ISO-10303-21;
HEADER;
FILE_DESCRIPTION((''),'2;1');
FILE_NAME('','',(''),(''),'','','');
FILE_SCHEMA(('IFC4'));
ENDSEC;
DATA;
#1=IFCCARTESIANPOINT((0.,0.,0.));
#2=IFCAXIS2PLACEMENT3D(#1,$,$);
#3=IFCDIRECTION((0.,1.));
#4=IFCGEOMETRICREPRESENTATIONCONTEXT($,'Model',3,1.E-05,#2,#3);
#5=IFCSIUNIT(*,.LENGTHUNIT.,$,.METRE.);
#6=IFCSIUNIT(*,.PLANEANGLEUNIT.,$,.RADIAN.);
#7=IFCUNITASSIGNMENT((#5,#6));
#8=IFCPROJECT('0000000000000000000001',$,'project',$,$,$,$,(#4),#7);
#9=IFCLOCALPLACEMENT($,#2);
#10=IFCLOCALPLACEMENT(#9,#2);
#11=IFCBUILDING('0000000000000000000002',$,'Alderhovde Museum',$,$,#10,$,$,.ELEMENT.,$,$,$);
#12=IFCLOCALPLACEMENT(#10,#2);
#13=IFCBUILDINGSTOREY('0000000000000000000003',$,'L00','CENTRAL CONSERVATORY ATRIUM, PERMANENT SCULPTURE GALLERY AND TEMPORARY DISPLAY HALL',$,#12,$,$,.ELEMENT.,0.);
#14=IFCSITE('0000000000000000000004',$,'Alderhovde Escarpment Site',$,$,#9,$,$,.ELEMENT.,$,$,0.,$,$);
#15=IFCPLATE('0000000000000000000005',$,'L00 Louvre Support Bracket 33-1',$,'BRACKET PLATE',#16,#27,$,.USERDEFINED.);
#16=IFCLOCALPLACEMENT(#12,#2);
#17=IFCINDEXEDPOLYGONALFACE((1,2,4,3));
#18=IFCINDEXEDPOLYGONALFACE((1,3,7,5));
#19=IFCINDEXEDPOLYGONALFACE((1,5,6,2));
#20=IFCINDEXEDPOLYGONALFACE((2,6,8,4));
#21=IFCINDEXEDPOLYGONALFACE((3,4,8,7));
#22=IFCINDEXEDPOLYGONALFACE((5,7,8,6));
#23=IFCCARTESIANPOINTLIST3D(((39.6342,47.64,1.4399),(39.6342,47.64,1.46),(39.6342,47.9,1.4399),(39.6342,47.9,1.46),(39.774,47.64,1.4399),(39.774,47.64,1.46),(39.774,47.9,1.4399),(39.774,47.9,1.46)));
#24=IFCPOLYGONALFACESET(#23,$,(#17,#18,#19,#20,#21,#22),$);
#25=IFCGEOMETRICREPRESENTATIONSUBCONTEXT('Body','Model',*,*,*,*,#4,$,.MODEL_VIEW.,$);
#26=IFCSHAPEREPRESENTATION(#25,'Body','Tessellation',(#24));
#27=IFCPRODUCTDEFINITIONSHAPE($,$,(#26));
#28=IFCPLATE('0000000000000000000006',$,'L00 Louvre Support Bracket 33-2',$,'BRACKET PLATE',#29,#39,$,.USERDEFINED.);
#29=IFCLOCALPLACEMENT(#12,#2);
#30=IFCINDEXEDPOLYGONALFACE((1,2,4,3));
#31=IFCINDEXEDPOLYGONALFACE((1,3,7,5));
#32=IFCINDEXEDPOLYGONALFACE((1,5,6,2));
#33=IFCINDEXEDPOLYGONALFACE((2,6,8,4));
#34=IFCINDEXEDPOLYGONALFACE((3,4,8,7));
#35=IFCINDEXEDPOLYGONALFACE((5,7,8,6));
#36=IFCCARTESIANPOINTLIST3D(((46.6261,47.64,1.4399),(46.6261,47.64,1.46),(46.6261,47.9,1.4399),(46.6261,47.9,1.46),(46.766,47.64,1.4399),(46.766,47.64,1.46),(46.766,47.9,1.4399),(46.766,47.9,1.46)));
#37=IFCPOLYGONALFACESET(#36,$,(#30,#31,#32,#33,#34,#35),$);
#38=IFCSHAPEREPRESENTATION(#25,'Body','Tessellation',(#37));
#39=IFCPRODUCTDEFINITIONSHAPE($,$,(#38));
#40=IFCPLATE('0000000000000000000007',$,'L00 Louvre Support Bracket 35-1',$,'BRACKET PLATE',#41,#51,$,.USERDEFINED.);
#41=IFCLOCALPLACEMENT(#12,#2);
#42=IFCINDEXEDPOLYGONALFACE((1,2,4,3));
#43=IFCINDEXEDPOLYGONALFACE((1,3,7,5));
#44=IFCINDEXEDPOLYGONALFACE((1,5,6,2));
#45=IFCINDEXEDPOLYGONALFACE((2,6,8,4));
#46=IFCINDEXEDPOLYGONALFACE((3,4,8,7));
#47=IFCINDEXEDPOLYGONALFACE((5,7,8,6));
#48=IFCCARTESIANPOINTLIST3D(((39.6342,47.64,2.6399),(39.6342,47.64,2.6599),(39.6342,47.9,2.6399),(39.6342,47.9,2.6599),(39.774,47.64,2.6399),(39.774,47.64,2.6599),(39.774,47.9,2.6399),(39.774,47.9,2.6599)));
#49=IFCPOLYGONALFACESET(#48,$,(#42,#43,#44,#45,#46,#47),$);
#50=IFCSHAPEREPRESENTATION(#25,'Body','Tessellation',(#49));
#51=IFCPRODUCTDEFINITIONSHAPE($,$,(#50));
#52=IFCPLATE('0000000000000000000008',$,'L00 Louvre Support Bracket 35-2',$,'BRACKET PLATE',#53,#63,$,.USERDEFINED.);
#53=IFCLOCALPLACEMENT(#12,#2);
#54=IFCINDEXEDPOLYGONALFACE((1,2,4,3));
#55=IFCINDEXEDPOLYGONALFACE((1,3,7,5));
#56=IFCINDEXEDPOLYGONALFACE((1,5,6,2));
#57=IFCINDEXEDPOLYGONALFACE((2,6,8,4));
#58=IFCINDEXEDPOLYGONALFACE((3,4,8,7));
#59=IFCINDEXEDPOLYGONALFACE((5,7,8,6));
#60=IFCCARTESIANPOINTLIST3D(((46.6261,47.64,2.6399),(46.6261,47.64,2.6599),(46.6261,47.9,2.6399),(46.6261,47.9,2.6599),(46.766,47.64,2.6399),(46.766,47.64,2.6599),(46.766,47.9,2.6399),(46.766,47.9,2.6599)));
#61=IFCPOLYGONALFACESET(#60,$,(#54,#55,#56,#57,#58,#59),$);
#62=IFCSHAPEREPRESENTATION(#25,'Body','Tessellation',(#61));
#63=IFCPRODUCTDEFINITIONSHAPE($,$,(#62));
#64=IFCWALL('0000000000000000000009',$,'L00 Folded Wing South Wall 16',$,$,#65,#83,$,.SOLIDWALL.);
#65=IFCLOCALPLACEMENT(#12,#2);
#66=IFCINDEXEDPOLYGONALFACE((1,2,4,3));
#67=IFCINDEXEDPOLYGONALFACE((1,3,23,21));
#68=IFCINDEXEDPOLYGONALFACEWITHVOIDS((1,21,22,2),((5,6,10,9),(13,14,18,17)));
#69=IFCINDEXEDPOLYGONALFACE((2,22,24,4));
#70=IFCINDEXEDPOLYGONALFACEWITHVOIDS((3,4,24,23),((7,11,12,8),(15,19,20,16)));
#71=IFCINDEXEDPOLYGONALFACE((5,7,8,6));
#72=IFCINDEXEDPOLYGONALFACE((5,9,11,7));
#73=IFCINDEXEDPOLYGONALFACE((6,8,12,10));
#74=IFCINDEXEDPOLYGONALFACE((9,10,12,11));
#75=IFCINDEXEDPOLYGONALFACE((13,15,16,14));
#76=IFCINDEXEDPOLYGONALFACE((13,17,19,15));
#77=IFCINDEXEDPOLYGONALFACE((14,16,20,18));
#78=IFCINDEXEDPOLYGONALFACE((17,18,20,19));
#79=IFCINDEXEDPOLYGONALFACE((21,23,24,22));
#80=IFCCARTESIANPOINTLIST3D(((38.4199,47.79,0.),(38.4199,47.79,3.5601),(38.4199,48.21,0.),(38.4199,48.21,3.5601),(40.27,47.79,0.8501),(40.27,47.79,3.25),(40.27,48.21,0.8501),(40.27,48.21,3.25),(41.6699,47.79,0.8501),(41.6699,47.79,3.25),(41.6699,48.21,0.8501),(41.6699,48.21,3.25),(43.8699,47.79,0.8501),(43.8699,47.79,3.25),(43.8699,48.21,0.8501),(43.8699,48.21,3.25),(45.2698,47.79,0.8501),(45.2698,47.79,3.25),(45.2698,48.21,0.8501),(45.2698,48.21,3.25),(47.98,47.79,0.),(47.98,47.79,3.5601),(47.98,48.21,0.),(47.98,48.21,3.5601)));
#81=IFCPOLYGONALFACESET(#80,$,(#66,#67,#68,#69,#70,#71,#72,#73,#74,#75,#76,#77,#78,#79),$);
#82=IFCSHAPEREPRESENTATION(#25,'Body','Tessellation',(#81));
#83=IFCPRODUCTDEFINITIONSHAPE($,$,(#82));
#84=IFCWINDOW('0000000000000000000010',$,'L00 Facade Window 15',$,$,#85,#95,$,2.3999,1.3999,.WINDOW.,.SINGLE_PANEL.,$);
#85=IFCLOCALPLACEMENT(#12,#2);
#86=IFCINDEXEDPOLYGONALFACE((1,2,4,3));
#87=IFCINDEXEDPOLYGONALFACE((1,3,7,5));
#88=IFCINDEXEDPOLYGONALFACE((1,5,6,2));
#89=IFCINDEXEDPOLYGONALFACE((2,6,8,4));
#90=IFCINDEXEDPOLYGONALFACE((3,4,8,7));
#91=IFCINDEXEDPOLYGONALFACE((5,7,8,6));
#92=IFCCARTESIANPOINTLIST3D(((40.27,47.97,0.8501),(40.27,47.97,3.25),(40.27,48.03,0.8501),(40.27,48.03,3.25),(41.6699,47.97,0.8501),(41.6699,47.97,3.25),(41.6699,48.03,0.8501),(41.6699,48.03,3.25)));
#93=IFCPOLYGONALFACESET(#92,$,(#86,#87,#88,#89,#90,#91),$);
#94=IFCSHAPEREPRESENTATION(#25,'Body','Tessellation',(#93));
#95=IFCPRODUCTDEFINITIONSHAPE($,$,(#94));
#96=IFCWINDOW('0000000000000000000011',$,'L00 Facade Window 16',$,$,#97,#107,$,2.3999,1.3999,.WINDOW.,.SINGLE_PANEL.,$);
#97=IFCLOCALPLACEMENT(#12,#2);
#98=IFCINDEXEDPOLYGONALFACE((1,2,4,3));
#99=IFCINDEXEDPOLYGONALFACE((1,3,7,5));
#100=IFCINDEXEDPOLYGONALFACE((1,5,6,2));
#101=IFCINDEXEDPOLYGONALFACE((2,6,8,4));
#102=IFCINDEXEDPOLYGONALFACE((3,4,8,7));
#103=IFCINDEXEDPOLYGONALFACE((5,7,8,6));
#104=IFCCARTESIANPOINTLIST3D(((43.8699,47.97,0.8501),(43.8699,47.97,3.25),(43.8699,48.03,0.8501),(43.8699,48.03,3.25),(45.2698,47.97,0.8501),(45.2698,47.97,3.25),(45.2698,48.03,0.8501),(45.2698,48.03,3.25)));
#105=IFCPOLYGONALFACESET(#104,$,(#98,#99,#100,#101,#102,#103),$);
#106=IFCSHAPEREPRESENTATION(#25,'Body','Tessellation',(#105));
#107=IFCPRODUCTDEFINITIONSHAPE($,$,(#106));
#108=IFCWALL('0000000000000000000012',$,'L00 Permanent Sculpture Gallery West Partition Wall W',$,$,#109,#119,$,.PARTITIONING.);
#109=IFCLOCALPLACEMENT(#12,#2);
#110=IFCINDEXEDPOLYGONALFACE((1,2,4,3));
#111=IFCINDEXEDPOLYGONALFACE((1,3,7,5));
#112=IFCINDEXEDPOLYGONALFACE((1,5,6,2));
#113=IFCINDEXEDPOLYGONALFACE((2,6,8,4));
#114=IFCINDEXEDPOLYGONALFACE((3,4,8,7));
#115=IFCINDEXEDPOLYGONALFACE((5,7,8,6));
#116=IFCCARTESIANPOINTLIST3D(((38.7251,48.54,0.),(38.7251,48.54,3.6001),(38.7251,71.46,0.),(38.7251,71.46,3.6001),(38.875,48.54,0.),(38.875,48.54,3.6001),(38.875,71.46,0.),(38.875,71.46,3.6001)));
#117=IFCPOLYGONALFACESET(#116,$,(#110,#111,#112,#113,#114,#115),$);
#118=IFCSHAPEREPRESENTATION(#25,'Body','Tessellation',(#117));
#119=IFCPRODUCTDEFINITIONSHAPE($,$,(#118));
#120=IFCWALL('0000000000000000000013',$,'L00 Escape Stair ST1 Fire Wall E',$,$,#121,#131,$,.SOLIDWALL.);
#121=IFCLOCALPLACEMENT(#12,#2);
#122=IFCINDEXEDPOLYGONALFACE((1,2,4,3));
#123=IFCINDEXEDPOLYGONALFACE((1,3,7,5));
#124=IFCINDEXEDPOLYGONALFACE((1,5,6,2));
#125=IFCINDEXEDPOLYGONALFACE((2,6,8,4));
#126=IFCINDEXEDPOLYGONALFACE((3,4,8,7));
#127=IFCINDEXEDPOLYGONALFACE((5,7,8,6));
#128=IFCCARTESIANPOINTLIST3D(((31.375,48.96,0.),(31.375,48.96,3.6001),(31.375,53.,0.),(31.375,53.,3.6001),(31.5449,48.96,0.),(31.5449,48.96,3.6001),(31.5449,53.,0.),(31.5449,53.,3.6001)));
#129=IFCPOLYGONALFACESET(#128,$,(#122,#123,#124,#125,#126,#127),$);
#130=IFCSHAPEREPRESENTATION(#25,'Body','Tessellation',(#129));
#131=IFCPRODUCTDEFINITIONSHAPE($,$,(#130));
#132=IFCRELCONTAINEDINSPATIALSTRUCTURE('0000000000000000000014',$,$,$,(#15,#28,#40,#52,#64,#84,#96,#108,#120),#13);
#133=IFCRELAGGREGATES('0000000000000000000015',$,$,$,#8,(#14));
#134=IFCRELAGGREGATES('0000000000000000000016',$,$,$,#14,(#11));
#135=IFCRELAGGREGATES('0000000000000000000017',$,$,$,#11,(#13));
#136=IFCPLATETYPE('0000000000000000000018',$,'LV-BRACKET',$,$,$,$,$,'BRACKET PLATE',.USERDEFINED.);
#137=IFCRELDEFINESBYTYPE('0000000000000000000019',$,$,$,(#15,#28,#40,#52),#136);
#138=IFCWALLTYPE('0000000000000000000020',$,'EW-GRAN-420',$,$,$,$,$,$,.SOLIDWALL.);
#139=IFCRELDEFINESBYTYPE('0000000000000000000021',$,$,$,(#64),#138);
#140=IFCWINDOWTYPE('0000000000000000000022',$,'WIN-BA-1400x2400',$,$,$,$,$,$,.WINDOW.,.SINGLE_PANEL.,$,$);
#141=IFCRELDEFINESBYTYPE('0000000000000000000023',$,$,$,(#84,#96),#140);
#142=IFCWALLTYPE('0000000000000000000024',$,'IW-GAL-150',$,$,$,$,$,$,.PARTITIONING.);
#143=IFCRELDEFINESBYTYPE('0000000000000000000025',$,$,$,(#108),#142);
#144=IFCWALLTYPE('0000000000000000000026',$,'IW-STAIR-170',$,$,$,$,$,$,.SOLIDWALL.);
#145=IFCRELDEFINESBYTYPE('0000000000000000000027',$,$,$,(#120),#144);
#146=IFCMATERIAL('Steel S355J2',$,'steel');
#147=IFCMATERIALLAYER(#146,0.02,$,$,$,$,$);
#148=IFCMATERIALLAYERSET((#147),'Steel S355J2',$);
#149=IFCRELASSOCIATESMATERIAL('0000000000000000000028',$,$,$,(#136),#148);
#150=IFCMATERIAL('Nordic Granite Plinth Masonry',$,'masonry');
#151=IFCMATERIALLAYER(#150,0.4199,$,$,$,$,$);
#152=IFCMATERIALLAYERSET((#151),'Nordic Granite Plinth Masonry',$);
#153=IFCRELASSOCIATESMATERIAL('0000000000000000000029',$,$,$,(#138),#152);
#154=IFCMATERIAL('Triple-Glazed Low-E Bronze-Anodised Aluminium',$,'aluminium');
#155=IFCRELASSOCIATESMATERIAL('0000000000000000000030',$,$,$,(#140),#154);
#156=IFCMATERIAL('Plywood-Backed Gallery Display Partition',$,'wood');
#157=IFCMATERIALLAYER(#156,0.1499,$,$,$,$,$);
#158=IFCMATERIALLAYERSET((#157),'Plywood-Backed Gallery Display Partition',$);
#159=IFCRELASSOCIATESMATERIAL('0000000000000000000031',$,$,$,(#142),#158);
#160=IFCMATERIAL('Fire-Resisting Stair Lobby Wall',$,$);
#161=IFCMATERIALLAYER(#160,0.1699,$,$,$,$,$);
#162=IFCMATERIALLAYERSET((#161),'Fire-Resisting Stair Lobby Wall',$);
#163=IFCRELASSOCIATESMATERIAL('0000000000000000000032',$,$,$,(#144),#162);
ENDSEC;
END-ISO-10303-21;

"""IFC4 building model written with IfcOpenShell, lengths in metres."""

from ifc_helpers import new_model, si_unit, direction, frame, frame_2d, origin, origin_2d, place, context, subcontext, project, spatial, rectangle, extrude, material, layer, layer_set, type_object, element, fill, save


model = new_model("IFC4")

# Units and contexts
model_context = context("Model", 3, precision=1e-05, world=origin(), true_north=direction((0.0, 1.0)))
body_context = subcontext(model_context, "Body", "Model", "MODEL_VIEW")
ifc_project = project(units=[si_unit("LENGTHUNIT", "METRE"), si_unit("PLANEANGLEUNIT", "RADIAN")], contexts=[model_context])

# Site, building, storey
site_placement = place(None, origin())
site = spatial("IfcSite", under=ifc_project, at=site_placement, Name="Alderhovde Escarpment Site", CompositionType="ELEMENT", RefElevation=0.0)
building_placement = place(site_placement, origin())
building = spatial("IfcBuilding", under=site, at=building_placement, Name="Alderhovde Museum", CompositionType="ELEMENT")
storey_placement = place(building_placement, origin())
storey = spatial("IfcBuildingStorey", under=building, at=storey_placement, Name="L00", Description="CENTRAL CONSERVATORY ATRIUM, PERMANENT SCULPTURE GALLERY AND TEMPORARY DISPLAY HALL", CompositionType="ELEMENT", Elevation=0.0)

# Plates
ifc_material_1 = material(Name="Steel S355J2", Category="steel")
ifc_layer_1 = layer(ifc_material_1, 0.02)
ifc_layer_set_1 = layer_set([ifc_layer_1], Name="Steel S355J2")
plate_type_1 = type_object("IfcPlateType", Name="LV-BRACKET", ElementType="BRACKET PLATE", PredefinedType="USERDEFINED", material=ifc_layer_set_1)
for number, where, z_axis, x_axis, name in (
    (1, (39.7041, 47.77, 1.4399), (0.0, 0.0, 1.0), (1.0, 0.0, 0.0), "L00 Louvre Support Bracket 33-1"),
    (2, (46.696, 47.77, 1.4399), (0.0, 0.0, 1.0), (1.0, 0.0, 0.0), "L00 Louvre Support Bracket 33-2"),
    (3, (39.7041, 47.77, 2.6399), (0.0, 0.0, 1.0), (1.0, 0.0, 0.0), "L00 Louvre Support Bracket 35-1"),
    (4, (46.696, 47.77, 2.6399), (0.0, 0.0, 1.0), (1.0, 0.0, 0.0), "L00 Louvre Support Bracket 35-2"),
):
    element("IfcPlate", number, at=place(storey_placement, frame(where, z_axis=z_axis, x_axis=x_axis)), inside=storey, type_object=plate_type_1, Name=name, ObjectType="BRACKET PLATE", PredefinedType="USERDEFINED", context=body_context, shape_type="SweptSolid", body=[
        extrude(rectangle(XDim=0.1399, YDim=0.26, at=origin_2d()), origin(), (0.0, 0.0, 1.0), 0.02),
    ])

# Shared definitions
ifc_material_2 = material(Name="Nordic Granite Plinth Masonry", Category="masonry")
ifc_layer_2 = layer(ifc_material_2, 0.4199)
ifc_layer_set_2 = layer_set([ifc_layer_2], Name="Nordic Granite Plinth Masonry")
wall_type_1 = type_object("IfcWallType", Name="EW-GRAN-420", PredefinedType="SOLIDWALL", material=ifc_layer_set_2)

# Wall, openings, windows
wall_1_placement = place(storey_placement, frame((38.4199, 48.0, 0.0), z_axis=(0.0, 0.0, 1.0), x_axis=(1.0, 0.0, 0.0)))
wall_1 = element("IfcWall", 5, at=wall_1_placement, inside=storey, type_object=wall_type_1, Name="L00 Folded Wing South Wall 16", PredefinedType="SOLIDWALL", context=body_context, shape_type="SweptSolid", body=[
    extrude(rectangle(XDim=9.5601, YDim=0.4199, at=frame_2d((4.78, 0.0))), origin(), (0.0, 0.0, 1.0), 3.5601),
])
opening_1_placement = place(wall_1_placement, frame((1.8501, 0.0, 0.8501)))
opening_1 = element("IfcOpeningElement", 6, at=opening_1_placement, cuts=wall_1, PredefinedType="OPENING", context=body_context, shape_type="SweptSolid", body=[
    extrude(rectangle(XDim=1.3999, YDim=2.3999, at=frame_2d((0.7, 1.2))), frame((0.0, 0.22, 0.0), z_axis=(0.0, -1.0, 0.0), x_axis=(1.0, 0.0, 0.0)), (0.0, 0.0, 1.0), 0.4399),
])
opening_2_placement = place(wall_1_placement, frame((5.45, 0.0, 0.8501)))
opening_2 = element("IfcOpeningElement", 7, at=opening_2_placement, cuts=wall_1, PredefinedType="OPENING", context=body_context, shape_type="SweptSolid", body=[
    extrude(rectangle(XDim=1.3999, YDim=2.3999, at=frame_2d((0.7, 1.2))), frame((0.0, 0.22, 0.0), z_axis=(0.0, -1.0, 0.0), x_axis=(1.0, 0.0, 0.0)), (0.0, 0.0, 1.0), 0.4399),
])
ifc_material_3 = material(Name="Triple-Glazed Low-E Bronze-Anodised Aluminium", Category="aluminium")
window_type = type_object("IfcWindowType", Name="WIN-BA-1400x2400", PartitioningType="SINGLE_PANEL", PredefinedType="WINDOW", material=ifc_material_3)
window_1_placement = place(opening_1_placement, origin())
window_1 = element("IfcWindow", 8, at=window_1_placement, inside=storey, type_object=window_type, Name="L00 Facade Window 15", OverallHeight=2.3999, OverallWidth=1.3999, PartitioningType="SINGLE_PANEL", PredefinedType="WINDOW", context=body_context, shape_type="SweptSolid", body=[
    extrude(rectangle(XDim=1.3999, YDim=2.3999, at=frame_2d((0.7, 1.2))), frame((0.0, 0.03, 0.0), z_axis=(0.0, -1.0, 0.0), x_axis=(1.0, 0.0, 0.0)), (0.0, 0.0, 1.0), 0.0601),
])
fill(opening_1, window_1)
window_2_placement = place(opening_2_placement, origin())
window_2 = element("IfcWindow", 9, at=window_2_placement, inside=storey, type_object=window_type, Name="L00 Facade Window 16", OverallHeight=2.3999, OverallWidth=1.3999, PartitioningType="SINGLE_PANEL", PredefinedType="WINDOW", context=body_context, shape_type="SweptSolid", body=[
    extrude(rectangle(XDim=1.3999, YDim=2.3999, at=frame_2d((0.7, 1.2))), frame((0.0, 0.03, 0.0), z_axis=(0.0, -1.0, 0.0), x_axis=(1.0, 0.0, 0.0)), (0.0, 0.0, 1.0), 0.0601),
])
fill(opening_2, window_2)

# Walls
ifc_material_4 = material(Name="Plywood-Backed Gallery Display Partition", Category="wood")
ifc_layer_3 = layer(ifc_material_4, 0.1499)
ifc_layer_set_3 = layer_set([ifc_layer_3], Name="Plywood-Backed Gallery Display Partition")
wall_type_2 = type_object("IfcWallType", Name="IW-GAL-150", PredefinedType="PARTITIONING", material=ifc_layer_set_3)
wall_2_placement = place(storey_placement, frame((38.8, 48.54, 0.0), z_axis=(0.0, 0.0, 1.0), x_axis=(0.0, 1.0, 0.0)))
element("IfcWall", 10, at=wall_2_placement, inside=storey, type_object=wall_type_2, Name="L00 Permanent Sculpture Gallery West Partition Wall W", PredefinedType="PARTITIONING", context=body_context, shape_type="SweptSolid", body=[
    extrude(rectangle(XDim=22.9199, YDim=0.1499, at=frame_2d((11.46, 0.0))), origin(), (0.0, 0.0, 1.0), 3.6001),
])
ifc_material_5 = material(Name="Fire-Resisting Stair Lobby Wall")
ifc_layer_4 = layer(ifc_material_5, 0.1699)
ifc_layer_set_4 = layer_set([ifc_layer_4], Name="Fire-Resisting Stair Lobby Wall")
wall_type_3 = type_object("IfcWallType", Name="IW-STAIR-170", PredefinedType="SOLIDWALL", material=ifc_layer_set_4)
wall_3_placement = place(storey_placement, frame((31.46, 48.96, 0.0), z_axis=(0.0, 0.0, 1.0), x_axis=(0.0, 1.0, 0.0)))
element("IfcWall", 11, at=wall_3_placement, inside=storey, type_object=wall_type_3, Name="L00 Escape Stair ST1 Fire Wall E", PredefinedType="SOLIDWALL", context=body_context, shape_type="SweptSolid", body=[
    extrude(rectangle(XDim=4.04, YDim=0.1699, at=frame_2d((2.02, 0.0))), origin(), (0.0, 0.0, 1.0), 3.6001),
])

save(model, "model.ifc")
